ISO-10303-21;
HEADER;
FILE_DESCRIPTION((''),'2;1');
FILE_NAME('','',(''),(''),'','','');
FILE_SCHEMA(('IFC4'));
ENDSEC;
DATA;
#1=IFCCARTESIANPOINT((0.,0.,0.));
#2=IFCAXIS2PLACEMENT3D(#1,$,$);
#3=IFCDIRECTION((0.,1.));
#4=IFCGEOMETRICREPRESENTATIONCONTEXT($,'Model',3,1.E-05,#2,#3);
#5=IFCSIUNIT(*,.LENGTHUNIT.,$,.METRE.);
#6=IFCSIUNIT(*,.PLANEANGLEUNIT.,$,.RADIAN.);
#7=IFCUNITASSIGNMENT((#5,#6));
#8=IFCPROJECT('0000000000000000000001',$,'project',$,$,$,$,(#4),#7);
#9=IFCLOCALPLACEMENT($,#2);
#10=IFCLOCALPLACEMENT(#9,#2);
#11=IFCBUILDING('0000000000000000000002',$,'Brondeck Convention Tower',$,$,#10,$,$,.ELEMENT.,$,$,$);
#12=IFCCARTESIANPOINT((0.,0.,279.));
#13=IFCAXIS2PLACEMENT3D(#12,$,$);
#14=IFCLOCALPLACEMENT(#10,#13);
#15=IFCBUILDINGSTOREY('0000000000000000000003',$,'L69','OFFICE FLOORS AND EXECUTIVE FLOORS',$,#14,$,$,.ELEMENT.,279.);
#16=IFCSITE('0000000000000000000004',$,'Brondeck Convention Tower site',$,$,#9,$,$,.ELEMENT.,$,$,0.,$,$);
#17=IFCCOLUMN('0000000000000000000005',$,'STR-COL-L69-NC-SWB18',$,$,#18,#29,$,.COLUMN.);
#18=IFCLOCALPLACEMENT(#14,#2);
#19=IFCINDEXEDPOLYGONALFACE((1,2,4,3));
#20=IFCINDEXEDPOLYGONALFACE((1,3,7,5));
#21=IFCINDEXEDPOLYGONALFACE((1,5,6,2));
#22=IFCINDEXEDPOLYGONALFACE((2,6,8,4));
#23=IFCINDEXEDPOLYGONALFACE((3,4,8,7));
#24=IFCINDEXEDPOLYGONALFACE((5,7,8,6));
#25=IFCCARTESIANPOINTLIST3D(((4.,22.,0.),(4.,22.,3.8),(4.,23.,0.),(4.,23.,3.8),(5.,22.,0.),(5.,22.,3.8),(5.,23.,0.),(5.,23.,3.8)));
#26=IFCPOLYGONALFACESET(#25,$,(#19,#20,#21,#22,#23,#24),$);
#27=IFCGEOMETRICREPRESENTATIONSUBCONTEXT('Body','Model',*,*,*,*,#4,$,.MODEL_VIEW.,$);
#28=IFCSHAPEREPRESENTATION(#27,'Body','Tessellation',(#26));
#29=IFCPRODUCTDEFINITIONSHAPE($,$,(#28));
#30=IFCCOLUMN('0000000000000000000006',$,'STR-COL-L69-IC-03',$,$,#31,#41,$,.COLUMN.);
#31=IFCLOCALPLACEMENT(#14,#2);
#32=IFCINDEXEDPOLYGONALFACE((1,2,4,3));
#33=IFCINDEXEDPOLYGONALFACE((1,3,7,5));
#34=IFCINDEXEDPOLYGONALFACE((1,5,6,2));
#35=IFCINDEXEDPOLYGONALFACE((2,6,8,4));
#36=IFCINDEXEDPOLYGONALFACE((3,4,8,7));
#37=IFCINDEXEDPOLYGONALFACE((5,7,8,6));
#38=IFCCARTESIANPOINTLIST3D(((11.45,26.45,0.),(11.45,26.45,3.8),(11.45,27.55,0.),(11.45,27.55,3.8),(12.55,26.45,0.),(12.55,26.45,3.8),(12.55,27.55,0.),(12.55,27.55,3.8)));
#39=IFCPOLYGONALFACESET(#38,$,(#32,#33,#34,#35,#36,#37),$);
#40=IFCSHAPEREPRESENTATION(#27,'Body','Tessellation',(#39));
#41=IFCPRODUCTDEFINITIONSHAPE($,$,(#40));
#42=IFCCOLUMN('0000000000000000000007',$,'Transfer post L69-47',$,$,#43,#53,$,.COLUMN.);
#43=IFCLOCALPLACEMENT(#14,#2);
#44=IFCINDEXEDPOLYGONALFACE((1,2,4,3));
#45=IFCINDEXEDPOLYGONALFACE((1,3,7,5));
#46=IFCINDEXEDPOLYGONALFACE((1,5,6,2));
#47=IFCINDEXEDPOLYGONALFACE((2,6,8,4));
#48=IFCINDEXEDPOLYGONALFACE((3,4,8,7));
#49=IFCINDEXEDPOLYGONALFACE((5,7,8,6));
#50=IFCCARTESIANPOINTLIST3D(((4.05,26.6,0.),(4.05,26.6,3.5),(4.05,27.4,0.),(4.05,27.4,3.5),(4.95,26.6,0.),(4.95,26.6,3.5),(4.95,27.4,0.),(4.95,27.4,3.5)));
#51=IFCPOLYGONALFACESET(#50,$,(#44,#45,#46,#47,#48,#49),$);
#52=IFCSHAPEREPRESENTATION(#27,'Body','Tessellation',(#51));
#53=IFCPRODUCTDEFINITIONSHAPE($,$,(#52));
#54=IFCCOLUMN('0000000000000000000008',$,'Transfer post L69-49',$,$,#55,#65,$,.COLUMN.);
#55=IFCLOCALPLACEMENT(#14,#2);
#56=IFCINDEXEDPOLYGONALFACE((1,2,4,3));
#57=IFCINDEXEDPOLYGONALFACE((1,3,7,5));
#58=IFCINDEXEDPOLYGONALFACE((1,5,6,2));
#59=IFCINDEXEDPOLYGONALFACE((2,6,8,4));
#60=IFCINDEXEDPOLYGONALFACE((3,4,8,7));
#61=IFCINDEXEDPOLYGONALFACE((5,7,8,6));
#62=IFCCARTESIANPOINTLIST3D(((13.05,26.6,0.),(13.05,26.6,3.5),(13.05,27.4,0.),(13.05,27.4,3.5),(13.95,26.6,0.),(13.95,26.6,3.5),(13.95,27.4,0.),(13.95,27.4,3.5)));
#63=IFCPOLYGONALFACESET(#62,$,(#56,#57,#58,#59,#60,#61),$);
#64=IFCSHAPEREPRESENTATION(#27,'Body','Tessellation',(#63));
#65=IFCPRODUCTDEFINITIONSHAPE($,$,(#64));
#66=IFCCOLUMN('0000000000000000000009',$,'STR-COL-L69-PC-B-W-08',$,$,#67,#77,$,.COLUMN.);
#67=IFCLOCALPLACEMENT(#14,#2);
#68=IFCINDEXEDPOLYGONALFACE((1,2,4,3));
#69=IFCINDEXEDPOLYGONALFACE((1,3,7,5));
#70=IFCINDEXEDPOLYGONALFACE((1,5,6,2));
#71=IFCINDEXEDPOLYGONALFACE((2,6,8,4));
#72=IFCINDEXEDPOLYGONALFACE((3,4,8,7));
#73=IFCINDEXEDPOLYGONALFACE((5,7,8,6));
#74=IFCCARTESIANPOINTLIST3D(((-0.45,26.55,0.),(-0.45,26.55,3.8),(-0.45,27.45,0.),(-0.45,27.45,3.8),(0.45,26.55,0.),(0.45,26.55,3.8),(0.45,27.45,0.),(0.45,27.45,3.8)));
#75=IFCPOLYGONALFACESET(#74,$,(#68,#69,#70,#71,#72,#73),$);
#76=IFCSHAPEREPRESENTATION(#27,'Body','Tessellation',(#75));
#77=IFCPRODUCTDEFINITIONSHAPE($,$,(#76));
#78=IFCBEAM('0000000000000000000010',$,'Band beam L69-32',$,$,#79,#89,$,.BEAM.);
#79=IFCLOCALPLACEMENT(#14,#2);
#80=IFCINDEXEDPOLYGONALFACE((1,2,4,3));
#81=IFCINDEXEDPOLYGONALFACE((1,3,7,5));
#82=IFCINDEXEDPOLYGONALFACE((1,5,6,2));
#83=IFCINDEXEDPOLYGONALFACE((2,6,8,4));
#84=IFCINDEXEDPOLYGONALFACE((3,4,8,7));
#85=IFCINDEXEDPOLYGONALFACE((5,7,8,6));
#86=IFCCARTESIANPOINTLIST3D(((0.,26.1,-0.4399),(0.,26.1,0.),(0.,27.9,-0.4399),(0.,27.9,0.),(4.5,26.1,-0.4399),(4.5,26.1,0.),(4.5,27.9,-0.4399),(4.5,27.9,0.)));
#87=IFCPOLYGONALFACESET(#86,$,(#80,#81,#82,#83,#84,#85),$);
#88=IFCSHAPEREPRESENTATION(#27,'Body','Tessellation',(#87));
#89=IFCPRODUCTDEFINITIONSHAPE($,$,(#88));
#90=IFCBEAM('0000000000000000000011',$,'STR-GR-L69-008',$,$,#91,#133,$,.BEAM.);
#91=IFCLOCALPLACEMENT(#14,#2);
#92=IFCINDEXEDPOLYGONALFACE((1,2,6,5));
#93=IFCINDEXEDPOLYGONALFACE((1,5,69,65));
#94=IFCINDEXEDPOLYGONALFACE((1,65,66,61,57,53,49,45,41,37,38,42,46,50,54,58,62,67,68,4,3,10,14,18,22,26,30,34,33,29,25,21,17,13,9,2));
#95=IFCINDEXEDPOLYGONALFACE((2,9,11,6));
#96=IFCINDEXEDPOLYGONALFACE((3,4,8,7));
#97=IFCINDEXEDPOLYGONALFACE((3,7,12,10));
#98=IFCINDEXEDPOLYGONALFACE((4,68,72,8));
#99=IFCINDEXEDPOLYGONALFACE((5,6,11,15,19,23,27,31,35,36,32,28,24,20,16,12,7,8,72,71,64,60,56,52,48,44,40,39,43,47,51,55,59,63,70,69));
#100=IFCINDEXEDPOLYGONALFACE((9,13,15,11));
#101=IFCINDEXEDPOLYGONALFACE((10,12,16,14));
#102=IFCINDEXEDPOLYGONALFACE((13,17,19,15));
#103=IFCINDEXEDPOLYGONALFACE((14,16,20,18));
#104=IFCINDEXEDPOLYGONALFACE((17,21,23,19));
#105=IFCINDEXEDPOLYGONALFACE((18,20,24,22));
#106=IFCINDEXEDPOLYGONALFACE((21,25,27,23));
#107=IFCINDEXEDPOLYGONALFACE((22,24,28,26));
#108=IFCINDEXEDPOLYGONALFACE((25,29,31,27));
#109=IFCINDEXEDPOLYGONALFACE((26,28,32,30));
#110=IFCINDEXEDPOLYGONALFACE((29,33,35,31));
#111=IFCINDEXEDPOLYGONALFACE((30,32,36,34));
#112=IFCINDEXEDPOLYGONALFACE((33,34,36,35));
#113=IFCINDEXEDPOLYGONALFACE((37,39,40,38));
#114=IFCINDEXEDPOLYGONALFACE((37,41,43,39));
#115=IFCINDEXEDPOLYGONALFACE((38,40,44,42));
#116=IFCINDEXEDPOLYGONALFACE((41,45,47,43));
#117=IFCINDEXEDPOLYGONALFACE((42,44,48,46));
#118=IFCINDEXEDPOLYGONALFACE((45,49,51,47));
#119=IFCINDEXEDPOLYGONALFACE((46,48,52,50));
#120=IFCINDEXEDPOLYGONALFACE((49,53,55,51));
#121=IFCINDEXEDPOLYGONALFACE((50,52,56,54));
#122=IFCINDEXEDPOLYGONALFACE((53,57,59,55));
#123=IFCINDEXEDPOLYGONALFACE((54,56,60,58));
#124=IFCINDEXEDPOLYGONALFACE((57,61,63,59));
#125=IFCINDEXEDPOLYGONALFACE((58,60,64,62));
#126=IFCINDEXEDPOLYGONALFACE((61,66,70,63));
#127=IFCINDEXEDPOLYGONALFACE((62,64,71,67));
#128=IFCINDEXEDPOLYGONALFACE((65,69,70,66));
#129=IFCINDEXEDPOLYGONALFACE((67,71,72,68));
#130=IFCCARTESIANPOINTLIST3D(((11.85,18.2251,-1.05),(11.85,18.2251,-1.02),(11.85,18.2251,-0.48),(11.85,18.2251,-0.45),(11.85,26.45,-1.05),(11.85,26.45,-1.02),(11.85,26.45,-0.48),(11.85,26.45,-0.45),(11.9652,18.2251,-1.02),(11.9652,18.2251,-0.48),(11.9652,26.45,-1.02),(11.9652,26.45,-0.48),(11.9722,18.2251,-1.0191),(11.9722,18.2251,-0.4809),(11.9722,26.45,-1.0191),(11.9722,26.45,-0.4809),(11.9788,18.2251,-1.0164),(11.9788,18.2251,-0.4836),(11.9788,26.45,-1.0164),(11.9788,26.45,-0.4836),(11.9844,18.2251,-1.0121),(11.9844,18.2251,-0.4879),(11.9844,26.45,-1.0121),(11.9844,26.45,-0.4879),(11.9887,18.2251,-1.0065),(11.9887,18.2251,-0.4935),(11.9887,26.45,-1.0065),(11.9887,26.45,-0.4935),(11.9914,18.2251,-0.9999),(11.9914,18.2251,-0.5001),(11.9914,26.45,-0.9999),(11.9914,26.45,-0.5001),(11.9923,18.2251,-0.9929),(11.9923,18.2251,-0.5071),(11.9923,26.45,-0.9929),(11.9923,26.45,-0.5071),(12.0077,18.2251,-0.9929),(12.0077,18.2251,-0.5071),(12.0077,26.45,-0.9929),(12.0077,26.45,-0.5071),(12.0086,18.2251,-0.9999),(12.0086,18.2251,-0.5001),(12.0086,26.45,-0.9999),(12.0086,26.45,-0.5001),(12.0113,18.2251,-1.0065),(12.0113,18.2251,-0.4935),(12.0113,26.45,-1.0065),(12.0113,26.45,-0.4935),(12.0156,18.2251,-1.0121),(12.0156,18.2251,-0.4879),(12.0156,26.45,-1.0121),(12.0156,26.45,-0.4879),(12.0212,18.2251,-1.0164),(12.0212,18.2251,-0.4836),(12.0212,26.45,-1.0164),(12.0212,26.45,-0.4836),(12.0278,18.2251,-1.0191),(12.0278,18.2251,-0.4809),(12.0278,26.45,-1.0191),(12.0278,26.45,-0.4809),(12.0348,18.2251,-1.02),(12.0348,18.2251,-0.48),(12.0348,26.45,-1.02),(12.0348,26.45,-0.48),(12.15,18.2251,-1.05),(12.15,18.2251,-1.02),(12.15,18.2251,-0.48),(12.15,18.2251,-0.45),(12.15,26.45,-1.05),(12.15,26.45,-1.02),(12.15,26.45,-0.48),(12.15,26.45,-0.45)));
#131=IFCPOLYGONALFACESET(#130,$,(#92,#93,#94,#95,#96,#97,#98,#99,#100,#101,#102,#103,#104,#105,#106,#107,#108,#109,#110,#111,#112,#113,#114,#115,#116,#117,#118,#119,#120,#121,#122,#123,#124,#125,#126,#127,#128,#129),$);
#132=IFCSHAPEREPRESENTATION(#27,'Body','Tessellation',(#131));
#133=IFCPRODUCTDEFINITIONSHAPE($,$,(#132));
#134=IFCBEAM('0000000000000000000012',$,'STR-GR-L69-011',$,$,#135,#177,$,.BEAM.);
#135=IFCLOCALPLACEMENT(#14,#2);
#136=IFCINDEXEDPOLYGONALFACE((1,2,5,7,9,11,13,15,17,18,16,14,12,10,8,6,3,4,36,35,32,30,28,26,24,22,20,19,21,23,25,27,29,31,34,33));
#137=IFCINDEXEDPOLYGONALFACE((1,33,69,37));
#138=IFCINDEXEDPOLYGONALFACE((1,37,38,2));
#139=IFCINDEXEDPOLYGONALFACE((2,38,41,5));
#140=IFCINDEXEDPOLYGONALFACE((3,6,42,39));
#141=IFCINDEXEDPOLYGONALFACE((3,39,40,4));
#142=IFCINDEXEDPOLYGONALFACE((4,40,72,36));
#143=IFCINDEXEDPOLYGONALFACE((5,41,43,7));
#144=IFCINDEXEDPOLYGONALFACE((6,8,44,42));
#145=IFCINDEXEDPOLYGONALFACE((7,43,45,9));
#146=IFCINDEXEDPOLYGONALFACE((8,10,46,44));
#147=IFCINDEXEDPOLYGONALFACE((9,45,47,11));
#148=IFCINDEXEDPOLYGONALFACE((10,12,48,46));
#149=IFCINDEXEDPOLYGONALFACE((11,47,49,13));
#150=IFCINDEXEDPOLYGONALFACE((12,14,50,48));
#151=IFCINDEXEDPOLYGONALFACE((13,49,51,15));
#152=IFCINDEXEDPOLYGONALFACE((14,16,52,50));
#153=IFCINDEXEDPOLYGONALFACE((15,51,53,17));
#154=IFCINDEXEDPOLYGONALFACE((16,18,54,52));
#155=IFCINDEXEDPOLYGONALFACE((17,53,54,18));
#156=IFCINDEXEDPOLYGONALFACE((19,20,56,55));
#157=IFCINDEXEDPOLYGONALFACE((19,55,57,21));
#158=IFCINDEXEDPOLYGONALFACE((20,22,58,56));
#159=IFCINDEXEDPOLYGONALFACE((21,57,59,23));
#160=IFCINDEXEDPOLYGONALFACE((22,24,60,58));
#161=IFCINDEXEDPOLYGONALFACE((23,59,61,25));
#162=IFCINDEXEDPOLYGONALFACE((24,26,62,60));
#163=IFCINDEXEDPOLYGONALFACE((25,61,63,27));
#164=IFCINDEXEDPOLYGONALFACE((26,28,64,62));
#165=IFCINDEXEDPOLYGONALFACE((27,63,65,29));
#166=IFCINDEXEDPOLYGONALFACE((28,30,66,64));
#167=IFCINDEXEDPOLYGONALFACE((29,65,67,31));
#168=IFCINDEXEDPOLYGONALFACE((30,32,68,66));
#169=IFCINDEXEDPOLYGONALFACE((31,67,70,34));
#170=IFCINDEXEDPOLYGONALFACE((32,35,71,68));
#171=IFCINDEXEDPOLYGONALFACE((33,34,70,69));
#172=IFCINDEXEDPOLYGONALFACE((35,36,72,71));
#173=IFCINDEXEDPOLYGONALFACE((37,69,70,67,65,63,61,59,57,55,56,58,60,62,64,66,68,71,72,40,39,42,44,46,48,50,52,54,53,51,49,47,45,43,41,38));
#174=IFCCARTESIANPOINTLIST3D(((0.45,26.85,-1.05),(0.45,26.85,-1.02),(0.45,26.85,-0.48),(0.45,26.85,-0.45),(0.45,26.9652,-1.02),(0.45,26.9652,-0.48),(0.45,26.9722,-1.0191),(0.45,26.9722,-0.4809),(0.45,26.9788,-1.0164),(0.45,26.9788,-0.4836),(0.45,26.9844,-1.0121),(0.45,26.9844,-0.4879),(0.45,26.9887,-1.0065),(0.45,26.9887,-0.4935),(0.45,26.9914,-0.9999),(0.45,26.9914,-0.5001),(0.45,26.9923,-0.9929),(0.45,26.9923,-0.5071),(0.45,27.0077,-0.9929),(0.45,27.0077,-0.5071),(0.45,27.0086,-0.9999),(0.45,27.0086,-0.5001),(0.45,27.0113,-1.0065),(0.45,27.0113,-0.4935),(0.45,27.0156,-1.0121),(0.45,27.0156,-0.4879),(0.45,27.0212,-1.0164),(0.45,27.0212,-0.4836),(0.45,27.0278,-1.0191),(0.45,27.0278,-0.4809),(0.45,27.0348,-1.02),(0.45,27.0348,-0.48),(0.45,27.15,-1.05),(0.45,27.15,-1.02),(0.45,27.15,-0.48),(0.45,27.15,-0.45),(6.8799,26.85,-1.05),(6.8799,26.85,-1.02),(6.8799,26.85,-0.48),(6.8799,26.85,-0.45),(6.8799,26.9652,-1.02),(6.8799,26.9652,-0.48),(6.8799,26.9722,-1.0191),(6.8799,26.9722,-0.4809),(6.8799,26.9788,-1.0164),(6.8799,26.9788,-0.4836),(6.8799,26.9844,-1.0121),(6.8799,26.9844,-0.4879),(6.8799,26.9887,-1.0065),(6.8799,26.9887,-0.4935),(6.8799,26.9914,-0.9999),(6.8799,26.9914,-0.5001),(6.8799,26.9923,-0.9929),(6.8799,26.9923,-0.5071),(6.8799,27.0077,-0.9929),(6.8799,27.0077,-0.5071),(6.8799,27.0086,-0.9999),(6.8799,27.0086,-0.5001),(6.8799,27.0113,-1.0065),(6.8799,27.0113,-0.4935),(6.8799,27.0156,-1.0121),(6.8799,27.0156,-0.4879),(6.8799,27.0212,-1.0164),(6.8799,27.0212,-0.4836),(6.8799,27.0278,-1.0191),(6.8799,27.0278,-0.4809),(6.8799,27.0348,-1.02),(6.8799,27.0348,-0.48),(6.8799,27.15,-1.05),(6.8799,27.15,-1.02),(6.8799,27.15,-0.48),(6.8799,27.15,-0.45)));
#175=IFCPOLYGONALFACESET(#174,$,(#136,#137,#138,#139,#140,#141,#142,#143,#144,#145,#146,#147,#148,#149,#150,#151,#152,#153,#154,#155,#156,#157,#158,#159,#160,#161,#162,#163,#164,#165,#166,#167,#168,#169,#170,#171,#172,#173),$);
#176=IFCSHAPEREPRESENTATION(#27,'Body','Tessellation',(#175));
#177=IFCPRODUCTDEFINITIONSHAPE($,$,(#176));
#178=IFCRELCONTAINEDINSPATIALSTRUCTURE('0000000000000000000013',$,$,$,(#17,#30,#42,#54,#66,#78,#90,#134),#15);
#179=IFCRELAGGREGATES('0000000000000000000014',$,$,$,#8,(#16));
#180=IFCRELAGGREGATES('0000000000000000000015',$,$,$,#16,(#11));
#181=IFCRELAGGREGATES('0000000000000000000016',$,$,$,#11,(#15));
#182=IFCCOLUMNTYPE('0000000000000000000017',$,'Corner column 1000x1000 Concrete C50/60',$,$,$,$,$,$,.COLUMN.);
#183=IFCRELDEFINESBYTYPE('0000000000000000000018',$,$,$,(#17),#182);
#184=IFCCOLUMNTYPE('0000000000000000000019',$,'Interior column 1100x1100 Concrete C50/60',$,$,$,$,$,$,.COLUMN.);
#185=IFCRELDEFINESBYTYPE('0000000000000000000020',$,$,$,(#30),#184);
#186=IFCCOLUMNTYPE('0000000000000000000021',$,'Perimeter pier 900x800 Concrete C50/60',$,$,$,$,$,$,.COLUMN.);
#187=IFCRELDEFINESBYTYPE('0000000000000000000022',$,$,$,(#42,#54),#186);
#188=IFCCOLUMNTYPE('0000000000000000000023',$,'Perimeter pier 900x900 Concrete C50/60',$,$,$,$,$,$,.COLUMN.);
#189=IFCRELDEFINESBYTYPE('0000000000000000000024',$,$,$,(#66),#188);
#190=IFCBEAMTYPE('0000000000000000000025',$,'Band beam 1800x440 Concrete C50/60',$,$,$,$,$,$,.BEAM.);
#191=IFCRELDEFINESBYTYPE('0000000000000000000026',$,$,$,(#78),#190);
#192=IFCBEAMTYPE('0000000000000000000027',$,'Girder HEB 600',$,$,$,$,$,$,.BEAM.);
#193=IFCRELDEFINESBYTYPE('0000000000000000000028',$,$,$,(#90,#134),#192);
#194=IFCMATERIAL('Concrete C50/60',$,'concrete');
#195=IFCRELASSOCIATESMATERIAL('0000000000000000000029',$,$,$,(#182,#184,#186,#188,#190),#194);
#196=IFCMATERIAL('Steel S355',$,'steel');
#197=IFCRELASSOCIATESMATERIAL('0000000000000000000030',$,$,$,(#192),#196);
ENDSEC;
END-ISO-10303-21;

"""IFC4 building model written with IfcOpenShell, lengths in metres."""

from ifc_helpers import new_model, si_unit, direction, frame, origin, origin_2d, place, context, subcontext, project, spatial, rectangle, i_section, extrude, material, material_profile, profile_set, type_object, element, save


model = new_model("IFC4")

# Units and contexts
model_context = context("Model", 3, precision=1e-05, world=origin(), true_north=direction((0.0, 1.0)))
body_context = subcontext(model_context, "Body", "Model", "MODEL_VIEW")
ifc_project = project(units=[si_unit("LENGTHUNIT", "METRE"), si_unit("PLANEANGLEUNIT", "RADIAN")], contexts=[model_context])

# Site, building, storey
site_placement = place(None, origin())
site = spatial("IfcSite", under=ifc_project, at=site_placement, Name="Brondeck Convention Tower site", CompositionType="ELEMENT", RefElevation=0.0)
building_placement = place(site_placement, origin())
building = spatial("IfcBuilding", under=site, at=building_placement, Name="Brondeck Convention Tower", CompositionType="ELEMENT")
storey_placement = place(building_placement, frame((0.0, 0.0, 279.0)))
storey = spatial("IfcBuildingStorey", under=building, at=storey_placement, Name="L69", Description="OFFICE FLOORS AND EXECUTIVE FLOORS", CompositionType="ELEMENT", Elevation=279.0)

# Columns
ifc_material_1 = material(Name="Concrete C50/60", Category="concrete")
ifc_material_profile_1 = material_profile(ifc_material_1, rectangle(XDim=1.0, YDim=1.0, at=origin_2d()), Name="Corner column 1000x1000 Concrete C50/60")
ifc_profile_set_1 = profile_set([ifc_material_profile_1], Name="Concrete C50/60")
column_type_1 = type_object("IfcColumnType", Name="Corner column 1000x1000 Concrete C50/60", PredefinedType="COLUMN", material=ifc_profile_set_1)
column_1_placement = place(storey_placement, frame((4.5, 22.5, 0.0), z_axis=(0.0, 0.0, 1.0), x_axis=(1.0, 0.0, 0.0)))
element("IfcColumn", 1, at=column_1_placement, inside=storey, type_object=column_type_1, Name="STR-COL-L69-NC-SWB18", PredefinedType="COLUMN", context=body_context, shape_type="SweptSolid", body=[
    extrude(rectangle(XDim=1.0, YDim=1.0, at=origin_2d()), origin(), (0.0, 0.0, 1.0), 3.8),
])
ifc_material_profile_2 = material_profile(ifc_material_1, rectangle(XDim=1.1001, YDim=1.1001, at=origin_2d()), Name="Interior column 1100x1100 Concrete C50/60")
ifc_profile_set_2 = profile_set([ifc_material_profile_2], Name="Concrete C50/60")
column_type_2 = type_object("IfcColumnType", Name="Interior column 1100x1100 Concrete C50/60", PredefinedType="COLUMN", material=ifc_profile_set_2)
column_2_placement = place(storey_placement, frame((12.0, 27.0, 0.0), z_axis=(0.0, 0.0, 1.0), x_axis=(1.0, 0.0, 0.0)))
element("IfcColumn", 2, at=column_2_placement, inside=storey, type_object=column_type_2, Name="STR-COL-L69-IC-03", PredefinedType="COLUMN", context=body_context, shape_type="SweptSolid", body=[
    extrude(rectangle(XDim=1.1001, YDim=1.1001, at=origin_2d()), origin(), (0.0, 0.0, 1.0), 3.8),
])
ifc_material_profile_3 = material_profile(ifc_material_1, rectangle(XDim=0.8999, YDim=0.8, at=origin_2d()), Name="Perimeter pier 900x800 Concrete C50/60")
ifc_profile_set_3 = profile_set([ifc_material_profile_3], Name="Concrete C50/60")
column_type_3 = type_object("IfcColumnType", Name="Perimeter pier 900x800 Concrete C50/60", PredefinedType="COLUMN", material=ifc_profile_set_3)
for number, where, z_axis, x_axis, name in (
    (3, (4.5, 27.0, 0.0), (0.0, 0.0, 1.0), (1.0, 0.0, 0.0), "Transfer post L69-47"),
    (4, (13.5, 27.0, 0.0), (0.0, 0.0, 1.0), (1.0, 0.0, 0.0), "Transfer post L69-49"),
):
    element("IfcColumn", number, at=place(storey_placement, frame(where, z_axis=z_axis, x_axis=x_axis)), inside=storey, type_object=column_type_3, Name=name, PredefinedType="COLUMN", context=body_context, shape_type="SweptSolid", body=[
        extrude(rectangle(XDim=0.8999, YDim=0.8, at=origin_2d()), origin(), (0.0, 0.0, 1.0), 3.5),
    ])
ifc_material_profile_4 = material_profile(ifc_material_1, rectangle(XDim=0.8999, YDim=0.8999, at=origin_2d()), Name="Perimeter pier 900x900 Concrete C50/60")
ifc_profile_set_4 = profile_set([ifc_material_profile_4], Name="Concrete C50/60")
column_type_4 = type_object("IfcColumnType", Name="Perimeter pier 900x900 Concrete C50/60", PredefinedType="COLUMN", material=ifc_profile_set_4)
column_3_placement = place(storey_placement, frame((0.0, 27.0, 0.0), z_axis=(0.0, 0.0, 1.0), x_axis=(0.0, -1.0, 0.0)))
element("IfcColumn", 5, at=column_3_placement, inside=storey, type_object=column_type_4, Name="STR-COL-L69-PC-B-W-08", PredefinedType="COLUMN", context=body_context, shape_type="SweptSolid", body=[
    extrude(rectangle(XDim=0.8999, YDim=0.8999, at=origin_2d()), origin(), (0.0, 0.0, 1.0), 3.8),
])

# Beams
ifc_material_profile_5 = material_profile(ifc_material_1, rectangle(XDim=1.8, YDim=0.4399, at=origin_2d()), Name="Band beam 1800x440 Concrete C50/60")
ifc_profile_set_5 = profile_set([ifc_material_profile_5], Name="Concrete C50/60")
beam_type_1 = type_object("IfcBeamType", Name="Band beam 1800x440 Concrete C50/60", PredefinedType="BEAM", material=ifc_profile_set_5)
beam_1_placement = place(storey_placement, frame((4.5, 27.0, -0.22), z_axis=(-1.0, 0.0, 0.0), x_axis=(0.0, -1.0, 0.0)))
element("IfcBeam", 6, at=beam_1_placement, inside=storey, type_object=beam_type_1, Name="Band beam L69-32", PredefinedType="BEAM", context=body_context, shape_type="SweptSolid", body=[
    extrude(rectangle(XDim=1.8, YDim=0.4399, at=origin_2d()), origin(), (0.0, 0.0, 1.0), 4.5),
])
ifc_material_2 = material(Name="Steel S355", Category="steel")
ifc_material_profile_6 = material_profile(ifc_material_2, i_section(OverallWidth=0.3, OverallDepth=0.6001, WebThickness=0.0154, FlangeThickness=0.03, FilletRadius=0.0271, at=origin_2d()), Name="HEB 600")
ifc_profile_set_6 = profile_set([ifc_material_profile_6], Name="Steel S355")
beam_type_2 = type_object("IfcBeamType", Name="Girder HEB 600", PredefinedType="BEAM", material=ifc_profile_set_6)
beam_2_placement = place(storey_placement, frame((12.0, 26.45, -0.75), z_axis=(0.0, -1.0, 0.0), x_axis=(1.0, 0.0, 0.0)))
element("IfcBeam", 7, at=beam_2_placement, inside=storey, type_object=beam_type_2, Name="STR-GR-L69-008", PredefinedType="BEAM", context=body_context, shape_type="SweptSolid", body=[
    extrude(i_section(OverallWidth=0.3, OverallDepth=0.6001, WebThickness=0.0154, FlangeThickness=0.03, FilletRadius=0.0271, at=origin_2d()), origin(), (0.0, 0.0, 1.0), 8.2249),
])
beam_3_placement = place(storey_placement, frame((0.45, 27.0, -0.75), z_axis=(1.0, 0.0, 0.0), x_axis=(0.0, 1.0, 0.0)))
element("IfcBeam", 8, at=beam_3_placement, inside=storey, type_object=beam_type_2, Name="STR-GR-L69-011", PredefinedType="BEAM", context=body_context, shape_type="SweptSolid", body=[
    extrude(i_section(OverallWidth=0.3, OverallDepth=0.6001, WebThickness=0.0154, FlangeThickness=0.03, FilletRadius=0.0271, at=origin_2d()), origin(), (0.0, 0.0, 1.0), 6.4299),
])

save(model, "model.ifc")
